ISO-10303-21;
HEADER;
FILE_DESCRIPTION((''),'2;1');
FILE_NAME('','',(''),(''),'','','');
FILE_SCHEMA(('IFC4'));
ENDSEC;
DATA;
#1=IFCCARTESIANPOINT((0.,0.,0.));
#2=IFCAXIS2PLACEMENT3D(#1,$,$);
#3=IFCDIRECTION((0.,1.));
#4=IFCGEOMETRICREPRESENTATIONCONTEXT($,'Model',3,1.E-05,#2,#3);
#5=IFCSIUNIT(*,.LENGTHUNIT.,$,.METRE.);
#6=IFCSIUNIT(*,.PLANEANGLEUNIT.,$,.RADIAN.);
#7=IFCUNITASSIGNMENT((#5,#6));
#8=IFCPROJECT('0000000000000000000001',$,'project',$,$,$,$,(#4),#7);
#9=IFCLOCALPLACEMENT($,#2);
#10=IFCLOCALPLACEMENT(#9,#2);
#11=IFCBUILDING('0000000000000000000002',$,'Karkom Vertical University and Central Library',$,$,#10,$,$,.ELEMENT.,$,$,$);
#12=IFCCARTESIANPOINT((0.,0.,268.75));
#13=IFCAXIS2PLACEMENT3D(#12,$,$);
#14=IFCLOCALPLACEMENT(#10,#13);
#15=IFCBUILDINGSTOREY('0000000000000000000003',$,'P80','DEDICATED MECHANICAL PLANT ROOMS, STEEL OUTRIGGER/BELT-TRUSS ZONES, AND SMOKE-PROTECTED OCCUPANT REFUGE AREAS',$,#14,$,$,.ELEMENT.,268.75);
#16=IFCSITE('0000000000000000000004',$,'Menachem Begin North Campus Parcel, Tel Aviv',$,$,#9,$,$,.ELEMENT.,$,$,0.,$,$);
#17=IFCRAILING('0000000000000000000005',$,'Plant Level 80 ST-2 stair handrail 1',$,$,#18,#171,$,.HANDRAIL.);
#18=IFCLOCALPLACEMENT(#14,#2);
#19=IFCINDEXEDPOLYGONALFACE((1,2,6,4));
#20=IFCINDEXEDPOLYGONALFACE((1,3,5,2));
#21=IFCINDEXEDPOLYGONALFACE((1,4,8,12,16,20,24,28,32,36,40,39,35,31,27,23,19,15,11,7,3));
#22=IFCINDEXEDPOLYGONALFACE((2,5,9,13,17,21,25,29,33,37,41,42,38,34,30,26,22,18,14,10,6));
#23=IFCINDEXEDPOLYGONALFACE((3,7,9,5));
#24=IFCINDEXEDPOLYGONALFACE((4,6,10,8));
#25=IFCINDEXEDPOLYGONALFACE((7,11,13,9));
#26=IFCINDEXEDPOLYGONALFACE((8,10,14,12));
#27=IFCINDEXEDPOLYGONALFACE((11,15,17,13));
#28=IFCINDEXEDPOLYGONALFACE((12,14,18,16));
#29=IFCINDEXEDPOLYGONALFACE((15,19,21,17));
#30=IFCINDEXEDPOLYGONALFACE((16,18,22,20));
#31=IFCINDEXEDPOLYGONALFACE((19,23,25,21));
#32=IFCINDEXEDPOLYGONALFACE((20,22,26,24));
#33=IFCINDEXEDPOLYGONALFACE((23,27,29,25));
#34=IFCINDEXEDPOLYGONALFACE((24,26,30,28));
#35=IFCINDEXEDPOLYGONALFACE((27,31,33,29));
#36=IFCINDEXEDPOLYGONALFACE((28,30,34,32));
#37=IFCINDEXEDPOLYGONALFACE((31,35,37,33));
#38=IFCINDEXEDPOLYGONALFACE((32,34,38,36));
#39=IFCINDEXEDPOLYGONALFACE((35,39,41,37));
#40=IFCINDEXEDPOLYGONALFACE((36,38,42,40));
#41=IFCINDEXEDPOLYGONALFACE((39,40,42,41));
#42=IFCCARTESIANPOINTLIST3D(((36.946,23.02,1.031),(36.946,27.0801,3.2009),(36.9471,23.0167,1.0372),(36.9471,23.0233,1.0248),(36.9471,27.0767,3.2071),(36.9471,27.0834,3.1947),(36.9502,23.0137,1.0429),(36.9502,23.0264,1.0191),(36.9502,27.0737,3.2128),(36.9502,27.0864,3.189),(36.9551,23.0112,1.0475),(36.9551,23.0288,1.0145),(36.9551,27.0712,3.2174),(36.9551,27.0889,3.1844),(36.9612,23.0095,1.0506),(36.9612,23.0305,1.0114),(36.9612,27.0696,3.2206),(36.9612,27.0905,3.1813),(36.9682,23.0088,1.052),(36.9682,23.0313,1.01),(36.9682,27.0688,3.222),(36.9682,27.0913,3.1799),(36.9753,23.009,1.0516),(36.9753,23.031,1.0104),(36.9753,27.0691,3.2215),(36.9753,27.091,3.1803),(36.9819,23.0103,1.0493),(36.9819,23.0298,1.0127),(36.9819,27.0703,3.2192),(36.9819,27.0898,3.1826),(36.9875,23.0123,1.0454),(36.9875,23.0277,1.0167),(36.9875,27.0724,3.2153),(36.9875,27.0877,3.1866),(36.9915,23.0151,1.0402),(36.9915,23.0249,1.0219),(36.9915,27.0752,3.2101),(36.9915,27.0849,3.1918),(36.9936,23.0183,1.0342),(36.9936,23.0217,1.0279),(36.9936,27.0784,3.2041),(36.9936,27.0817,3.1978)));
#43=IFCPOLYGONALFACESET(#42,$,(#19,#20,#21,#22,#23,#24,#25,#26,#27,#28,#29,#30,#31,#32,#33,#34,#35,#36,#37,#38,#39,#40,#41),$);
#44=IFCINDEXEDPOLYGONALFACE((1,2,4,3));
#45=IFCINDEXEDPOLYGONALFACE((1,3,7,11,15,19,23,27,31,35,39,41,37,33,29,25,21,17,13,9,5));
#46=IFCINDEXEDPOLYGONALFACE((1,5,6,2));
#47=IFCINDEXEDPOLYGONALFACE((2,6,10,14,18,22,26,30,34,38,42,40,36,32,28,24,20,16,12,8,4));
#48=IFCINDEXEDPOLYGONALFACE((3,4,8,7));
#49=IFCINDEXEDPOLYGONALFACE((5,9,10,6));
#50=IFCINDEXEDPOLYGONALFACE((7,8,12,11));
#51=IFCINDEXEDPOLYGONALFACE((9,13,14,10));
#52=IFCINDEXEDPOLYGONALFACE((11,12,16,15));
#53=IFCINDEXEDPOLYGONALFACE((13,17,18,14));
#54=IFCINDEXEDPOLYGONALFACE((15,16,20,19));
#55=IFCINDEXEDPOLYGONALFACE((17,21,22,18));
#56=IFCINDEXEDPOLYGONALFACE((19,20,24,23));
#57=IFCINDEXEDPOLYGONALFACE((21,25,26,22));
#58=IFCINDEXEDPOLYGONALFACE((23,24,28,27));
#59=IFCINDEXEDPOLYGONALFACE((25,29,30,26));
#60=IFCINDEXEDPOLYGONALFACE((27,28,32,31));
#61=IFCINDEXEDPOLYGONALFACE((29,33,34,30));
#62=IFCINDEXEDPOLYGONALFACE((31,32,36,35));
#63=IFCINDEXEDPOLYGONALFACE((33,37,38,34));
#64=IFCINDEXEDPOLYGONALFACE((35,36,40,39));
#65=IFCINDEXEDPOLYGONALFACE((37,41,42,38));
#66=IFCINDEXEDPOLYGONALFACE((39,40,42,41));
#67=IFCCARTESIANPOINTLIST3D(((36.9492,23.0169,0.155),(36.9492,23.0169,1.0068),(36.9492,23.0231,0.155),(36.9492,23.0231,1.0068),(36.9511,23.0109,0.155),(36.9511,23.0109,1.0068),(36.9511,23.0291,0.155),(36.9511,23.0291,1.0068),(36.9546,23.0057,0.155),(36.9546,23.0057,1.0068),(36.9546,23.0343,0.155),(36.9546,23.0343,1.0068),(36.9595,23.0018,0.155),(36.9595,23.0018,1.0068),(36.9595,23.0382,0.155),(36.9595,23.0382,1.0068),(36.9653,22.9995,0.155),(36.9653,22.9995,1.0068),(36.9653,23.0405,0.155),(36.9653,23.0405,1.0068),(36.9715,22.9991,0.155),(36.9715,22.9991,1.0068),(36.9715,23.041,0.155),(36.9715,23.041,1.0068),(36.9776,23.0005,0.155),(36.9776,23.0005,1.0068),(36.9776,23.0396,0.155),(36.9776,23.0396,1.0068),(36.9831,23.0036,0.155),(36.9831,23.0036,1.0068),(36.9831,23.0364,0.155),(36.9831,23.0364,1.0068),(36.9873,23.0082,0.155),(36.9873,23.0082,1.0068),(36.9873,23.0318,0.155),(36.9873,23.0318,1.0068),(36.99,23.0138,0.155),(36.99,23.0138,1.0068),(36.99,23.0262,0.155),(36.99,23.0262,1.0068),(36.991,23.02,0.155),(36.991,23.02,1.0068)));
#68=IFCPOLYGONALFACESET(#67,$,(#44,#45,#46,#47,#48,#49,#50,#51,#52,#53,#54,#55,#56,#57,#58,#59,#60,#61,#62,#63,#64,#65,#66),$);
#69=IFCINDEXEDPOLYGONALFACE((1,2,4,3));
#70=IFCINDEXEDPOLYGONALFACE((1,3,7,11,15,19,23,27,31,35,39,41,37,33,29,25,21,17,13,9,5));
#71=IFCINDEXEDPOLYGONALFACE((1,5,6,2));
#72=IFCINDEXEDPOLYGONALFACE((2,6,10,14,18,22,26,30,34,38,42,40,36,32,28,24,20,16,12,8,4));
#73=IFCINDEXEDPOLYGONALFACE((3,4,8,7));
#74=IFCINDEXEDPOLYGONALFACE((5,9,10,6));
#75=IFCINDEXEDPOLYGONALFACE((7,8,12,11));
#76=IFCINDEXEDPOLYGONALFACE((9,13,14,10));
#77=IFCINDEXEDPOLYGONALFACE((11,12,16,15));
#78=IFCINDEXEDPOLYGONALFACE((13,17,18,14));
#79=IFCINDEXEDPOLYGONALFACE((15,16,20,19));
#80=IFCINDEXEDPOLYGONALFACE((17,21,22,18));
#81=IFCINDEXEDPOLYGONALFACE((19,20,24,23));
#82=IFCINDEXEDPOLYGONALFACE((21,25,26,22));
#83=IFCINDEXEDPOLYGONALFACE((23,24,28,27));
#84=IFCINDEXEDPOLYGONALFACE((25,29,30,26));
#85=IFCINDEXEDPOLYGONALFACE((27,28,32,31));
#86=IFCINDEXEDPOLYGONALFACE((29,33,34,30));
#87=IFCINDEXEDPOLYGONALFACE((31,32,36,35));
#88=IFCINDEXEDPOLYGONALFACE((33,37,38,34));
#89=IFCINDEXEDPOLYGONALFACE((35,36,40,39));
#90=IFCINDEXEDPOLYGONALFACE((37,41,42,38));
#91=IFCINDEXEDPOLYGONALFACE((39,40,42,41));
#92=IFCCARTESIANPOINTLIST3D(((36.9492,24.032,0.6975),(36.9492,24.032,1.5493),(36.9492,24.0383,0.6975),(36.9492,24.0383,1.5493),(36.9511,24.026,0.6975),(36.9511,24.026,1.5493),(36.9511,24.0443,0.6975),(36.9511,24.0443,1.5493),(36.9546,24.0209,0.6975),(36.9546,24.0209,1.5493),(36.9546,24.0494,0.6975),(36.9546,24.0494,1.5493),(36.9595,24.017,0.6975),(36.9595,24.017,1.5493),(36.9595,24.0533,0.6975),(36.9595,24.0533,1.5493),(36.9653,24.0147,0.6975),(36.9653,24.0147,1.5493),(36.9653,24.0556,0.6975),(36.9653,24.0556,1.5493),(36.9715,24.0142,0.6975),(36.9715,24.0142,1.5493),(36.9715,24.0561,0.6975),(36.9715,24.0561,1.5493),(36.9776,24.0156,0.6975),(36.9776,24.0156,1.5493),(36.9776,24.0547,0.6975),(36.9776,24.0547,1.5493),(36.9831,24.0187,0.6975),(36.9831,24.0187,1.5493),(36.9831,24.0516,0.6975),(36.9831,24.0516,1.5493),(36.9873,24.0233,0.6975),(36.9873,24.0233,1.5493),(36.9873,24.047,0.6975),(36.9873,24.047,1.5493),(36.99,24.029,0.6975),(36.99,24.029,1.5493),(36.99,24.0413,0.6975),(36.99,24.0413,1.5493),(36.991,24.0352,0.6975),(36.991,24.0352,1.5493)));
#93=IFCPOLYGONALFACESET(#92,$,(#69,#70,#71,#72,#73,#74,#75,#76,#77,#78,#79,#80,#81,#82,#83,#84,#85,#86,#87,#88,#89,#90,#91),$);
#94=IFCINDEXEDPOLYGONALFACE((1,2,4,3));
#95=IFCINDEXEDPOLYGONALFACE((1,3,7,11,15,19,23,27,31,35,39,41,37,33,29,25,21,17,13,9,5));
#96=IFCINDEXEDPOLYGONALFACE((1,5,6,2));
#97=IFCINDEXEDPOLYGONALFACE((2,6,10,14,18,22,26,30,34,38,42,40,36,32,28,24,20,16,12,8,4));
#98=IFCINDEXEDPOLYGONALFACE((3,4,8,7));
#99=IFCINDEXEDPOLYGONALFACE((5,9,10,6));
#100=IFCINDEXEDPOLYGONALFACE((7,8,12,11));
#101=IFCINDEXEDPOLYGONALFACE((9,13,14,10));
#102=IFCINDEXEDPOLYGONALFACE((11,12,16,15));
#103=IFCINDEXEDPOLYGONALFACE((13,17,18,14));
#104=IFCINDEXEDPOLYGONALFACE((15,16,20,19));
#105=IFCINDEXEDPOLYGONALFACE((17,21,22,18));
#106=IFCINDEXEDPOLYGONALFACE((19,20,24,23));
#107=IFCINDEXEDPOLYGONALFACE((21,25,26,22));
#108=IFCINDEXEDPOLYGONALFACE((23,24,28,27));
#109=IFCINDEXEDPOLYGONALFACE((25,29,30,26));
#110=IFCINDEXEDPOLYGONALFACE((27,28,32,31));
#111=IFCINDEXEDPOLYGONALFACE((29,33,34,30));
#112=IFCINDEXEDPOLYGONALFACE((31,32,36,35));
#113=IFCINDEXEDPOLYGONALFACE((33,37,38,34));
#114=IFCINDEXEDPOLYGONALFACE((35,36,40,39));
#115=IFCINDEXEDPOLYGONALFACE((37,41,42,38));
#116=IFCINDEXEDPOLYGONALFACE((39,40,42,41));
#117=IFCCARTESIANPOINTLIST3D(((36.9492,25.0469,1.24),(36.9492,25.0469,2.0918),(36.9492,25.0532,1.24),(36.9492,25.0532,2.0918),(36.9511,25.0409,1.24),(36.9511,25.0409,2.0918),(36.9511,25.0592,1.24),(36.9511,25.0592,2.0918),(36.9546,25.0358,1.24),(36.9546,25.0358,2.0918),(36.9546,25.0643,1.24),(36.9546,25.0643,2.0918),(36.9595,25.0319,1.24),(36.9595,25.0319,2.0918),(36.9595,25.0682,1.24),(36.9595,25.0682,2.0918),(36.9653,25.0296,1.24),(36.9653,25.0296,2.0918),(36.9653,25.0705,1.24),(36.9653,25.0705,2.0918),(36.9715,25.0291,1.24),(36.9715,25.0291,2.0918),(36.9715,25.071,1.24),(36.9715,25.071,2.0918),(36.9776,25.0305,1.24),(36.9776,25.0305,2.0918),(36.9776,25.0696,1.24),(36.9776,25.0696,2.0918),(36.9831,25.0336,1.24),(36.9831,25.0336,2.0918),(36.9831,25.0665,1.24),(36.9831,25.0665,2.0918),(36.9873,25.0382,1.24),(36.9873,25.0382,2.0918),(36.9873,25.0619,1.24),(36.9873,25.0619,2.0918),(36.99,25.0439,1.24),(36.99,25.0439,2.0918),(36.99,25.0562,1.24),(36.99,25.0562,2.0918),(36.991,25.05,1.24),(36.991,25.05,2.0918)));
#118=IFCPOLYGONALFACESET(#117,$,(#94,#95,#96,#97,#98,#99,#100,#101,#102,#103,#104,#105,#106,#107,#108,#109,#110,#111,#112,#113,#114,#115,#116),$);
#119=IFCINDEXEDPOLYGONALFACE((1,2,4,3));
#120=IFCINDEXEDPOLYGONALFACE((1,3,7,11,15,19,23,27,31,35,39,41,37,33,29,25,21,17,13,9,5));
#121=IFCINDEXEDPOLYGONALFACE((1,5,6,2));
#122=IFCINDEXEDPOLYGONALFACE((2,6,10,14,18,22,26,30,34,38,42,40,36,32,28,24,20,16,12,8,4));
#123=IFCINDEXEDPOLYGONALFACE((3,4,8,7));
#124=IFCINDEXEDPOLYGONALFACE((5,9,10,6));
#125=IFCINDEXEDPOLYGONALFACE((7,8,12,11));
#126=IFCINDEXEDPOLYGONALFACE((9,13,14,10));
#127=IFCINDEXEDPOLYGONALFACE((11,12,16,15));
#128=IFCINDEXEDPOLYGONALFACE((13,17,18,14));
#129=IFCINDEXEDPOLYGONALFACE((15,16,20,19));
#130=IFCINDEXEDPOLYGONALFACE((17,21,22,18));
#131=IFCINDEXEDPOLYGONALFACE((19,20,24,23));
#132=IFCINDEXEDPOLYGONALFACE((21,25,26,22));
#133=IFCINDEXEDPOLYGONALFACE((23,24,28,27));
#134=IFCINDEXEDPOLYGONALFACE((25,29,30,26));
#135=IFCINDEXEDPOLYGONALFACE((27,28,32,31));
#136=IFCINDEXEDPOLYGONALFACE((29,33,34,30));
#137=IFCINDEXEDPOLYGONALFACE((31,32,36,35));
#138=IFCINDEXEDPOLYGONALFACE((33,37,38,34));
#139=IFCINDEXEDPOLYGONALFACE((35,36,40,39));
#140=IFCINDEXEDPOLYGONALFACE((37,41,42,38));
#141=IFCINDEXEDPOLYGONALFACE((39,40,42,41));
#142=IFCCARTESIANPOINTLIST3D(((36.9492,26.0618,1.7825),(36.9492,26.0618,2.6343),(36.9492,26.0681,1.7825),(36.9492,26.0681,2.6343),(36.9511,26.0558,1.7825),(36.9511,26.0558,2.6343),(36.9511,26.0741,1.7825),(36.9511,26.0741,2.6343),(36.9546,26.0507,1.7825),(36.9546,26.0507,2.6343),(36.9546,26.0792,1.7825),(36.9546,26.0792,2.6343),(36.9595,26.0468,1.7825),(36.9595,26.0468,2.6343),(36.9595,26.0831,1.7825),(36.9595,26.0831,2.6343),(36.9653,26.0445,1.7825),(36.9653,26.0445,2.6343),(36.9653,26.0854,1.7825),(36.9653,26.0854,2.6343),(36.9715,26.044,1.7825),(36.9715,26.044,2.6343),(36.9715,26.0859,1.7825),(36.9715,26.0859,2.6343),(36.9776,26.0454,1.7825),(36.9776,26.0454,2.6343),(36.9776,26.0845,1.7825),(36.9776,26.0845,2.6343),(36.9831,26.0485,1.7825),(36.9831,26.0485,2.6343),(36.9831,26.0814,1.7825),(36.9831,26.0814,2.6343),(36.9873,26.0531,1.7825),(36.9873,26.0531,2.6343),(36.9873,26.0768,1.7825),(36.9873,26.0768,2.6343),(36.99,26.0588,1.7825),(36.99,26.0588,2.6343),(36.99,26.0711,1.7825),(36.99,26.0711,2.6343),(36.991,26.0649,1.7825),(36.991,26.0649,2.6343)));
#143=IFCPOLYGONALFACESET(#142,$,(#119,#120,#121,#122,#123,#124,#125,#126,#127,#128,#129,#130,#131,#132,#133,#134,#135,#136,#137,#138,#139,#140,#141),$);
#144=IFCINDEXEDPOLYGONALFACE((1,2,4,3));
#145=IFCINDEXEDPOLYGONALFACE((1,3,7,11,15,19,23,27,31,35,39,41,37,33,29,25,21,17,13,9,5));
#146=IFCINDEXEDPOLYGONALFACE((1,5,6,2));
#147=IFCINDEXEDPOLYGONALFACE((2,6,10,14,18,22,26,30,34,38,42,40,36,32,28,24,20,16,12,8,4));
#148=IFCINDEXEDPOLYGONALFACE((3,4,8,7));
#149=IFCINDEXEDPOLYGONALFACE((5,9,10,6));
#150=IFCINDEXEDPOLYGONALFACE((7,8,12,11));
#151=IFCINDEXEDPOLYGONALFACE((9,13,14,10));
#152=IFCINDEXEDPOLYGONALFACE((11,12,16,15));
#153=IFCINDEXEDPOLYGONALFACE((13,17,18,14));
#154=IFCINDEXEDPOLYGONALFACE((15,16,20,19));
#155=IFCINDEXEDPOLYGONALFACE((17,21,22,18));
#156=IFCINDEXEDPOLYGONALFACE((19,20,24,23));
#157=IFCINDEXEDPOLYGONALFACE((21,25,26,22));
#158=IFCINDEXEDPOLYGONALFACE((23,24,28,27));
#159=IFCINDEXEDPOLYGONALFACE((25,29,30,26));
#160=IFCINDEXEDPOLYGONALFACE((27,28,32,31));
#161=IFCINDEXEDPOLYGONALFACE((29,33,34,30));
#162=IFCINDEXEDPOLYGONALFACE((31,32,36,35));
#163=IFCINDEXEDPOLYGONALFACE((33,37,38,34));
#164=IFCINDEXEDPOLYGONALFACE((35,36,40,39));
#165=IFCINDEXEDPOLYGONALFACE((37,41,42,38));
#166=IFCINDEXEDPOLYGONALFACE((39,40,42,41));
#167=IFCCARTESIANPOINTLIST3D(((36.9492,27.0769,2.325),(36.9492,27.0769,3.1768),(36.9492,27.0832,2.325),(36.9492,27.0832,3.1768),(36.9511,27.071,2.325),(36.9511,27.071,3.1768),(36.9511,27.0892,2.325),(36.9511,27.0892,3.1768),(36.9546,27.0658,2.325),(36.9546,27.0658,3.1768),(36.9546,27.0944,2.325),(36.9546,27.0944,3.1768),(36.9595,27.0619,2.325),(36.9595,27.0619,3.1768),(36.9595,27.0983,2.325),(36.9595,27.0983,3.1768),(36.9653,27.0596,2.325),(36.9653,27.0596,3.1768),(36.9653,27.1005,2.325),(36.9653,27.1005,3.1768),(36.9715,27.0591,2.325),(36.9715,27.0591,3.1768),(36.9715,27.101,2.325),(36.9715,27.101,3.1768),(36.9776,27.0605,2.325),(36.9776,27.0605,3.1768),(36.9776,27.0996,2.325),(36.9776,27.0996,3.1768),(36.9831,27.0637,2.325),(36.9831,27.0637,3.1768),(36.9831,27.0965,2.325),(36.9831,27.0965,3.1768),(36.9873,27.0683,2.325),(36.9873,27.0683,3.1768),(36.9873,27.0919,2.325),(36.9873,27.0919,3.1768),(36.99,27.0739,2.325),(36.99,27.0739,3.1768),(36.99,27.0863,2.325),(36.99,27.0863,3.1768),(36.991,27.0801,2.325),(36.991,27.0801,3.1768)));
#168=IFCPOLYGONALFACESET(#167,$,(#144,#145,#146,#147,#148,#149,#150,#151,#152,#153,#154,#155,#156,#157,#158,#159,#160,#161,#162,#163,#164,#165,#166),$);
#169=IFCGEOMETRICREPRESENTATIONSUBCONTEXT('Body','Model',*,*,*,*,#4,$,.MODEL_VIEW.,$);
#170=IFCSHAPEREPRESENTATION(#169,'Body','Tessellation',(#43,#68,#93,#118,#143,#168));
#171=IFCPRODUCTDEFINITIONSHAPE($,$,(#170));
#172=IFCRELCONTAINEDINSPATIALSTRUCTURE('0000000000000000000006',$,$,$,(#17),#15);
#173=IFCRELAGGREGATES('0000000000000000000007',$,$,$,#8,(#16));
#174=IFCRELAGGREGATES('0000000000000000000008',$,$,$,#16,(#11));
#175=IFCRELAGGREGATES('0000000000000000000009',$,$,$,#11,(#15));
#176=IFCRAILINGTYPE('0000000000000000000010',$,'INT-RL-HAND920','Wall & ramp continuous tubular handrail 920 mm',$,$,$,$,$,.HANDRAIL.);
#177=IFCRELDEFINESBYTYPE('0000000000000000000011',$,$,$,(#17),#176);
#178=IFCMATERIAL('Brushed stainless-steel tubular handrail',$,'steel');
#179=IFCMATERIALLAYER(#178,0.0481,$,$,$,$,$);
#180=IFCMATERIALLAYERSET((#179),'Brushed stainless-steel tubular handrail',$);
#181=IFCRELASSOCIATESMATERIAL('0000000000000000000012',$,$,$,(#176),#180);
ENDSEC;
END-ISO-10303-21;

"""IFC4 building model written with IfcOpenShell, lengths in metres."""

from ifc_helpers import new_model, si_unit, direction, frame, origin, origin_2d, place, context, subcontext, project, spatial, circle, extrude, material, layer, layer_set, type_object, element, save


model = new_model("IFC4")

# Units and contexts
model_context = context("Model", 3, precision=1e-05, world=origin(), true_north=direction((0.0, 1.0)))
body_context = subcontext(model_context, "Body", "Model", "MODEL_VIEW")
ifc_project = project(units=[si_unit("LENGTHUNIT", "METRE"), si_unit("PLANEANGLEUNIT", "RADIAN")], contexts=[model_context])

# Site, building, storey
site_placement = place(None, origin())
site = spatial("IfcSite", under=ifc_project, at=site_placement, Name="Menachem Begin North Campus Parcel, Tel Aviv", CompositionType="ELEMENT", RefElevation=0.0)
building_placement = place(site_placement, origin())
building = spatial("IfcBuilding", under=site, at=building_placement, Name="Karkom Vertical University and Central Library", CompositionType="ELEMENT")
storey_placement = place(building_placement, frame((0.0, 0.0, 268.75)))
storey = spatial("IfcBuildingStorey", under=building, at=storey_placement, Name="P80", Description="DEDICATED MECHANICAL PLANT ROOMS, STEEL OUTRIGGER/BELT-TRUSS ZONES, AND SMOKE-PROTECTED OCCUPANT REFUGE AREAS", CompositionType="ELEMENT", Elevation=268.75)

# Railing
ifc_material_1 = material(Name="Brushed stainless-steel tubular handrail", Category="steel")
ifc_layer_1 = layer(ifc_material_1, 0.0481)
ifc_layer_set_1 = layer_set([ifc_layer_1], Name="Brushed stainless-steel tubular handrail")
railing_type_1 = type_object("IfcRailingType", Name="INT-RL-HAND920", Description="Wall & ramp continuous tubular handrail 920 mm", PredefinedType="HANDRAIL", material=ifc_layer_set_1)
railing_1_placement = place(storey_placement, frame((36.97, 23.02, 0.155)))
element("IfcRailing", 1, at=railing_1_placement, inside=storey, type_object=railing_type_1, Name="Plant Level 80 ST-2 stair handrail 1", PredefinedType="HANDRAIL", context=body_context, shape_type="SweptSolid", body=[
    extrude(circle(Radius=0.0239, at=origin_2d()), frame((0.0, 0.0, 0.876), z_axis=(0.0, 0.881942, 0.471359), x_axis=(-1.0, 0.0, 0.0)), (0.0, 0.0, 1.0), 4.6035),
    extrude(circle(Radius=0.021, at=origin_2d()), origin(), (0.0, 0.0, 1.0), 0.8518),
    extrude(circle(Radius=0.021, at=origin_2d()), frame((0.0, 1.0151, 0.5425)), (0.0, 0.0, 1.0), 0.8518),
    extrude(circle(Radius=0.021, at=origin_2d()), frame((0.0, 2.03, 1.085)), (0.0, 0.0, 1.0), 0.8518),
    extrude(circle(Radius=0.021, at=origin_2d()), frame((0.0, 3.0449, 1.6274)), (0.0, 0.0, 1.0), 0.8518),
    extrude(circle(Radius=0.021, at=origin_2d()), frame((0.0, 4.0601, 2.1699)), (0.0, 0.0, 1.0), 0.8518),
])

save(model, "model.ifc")
